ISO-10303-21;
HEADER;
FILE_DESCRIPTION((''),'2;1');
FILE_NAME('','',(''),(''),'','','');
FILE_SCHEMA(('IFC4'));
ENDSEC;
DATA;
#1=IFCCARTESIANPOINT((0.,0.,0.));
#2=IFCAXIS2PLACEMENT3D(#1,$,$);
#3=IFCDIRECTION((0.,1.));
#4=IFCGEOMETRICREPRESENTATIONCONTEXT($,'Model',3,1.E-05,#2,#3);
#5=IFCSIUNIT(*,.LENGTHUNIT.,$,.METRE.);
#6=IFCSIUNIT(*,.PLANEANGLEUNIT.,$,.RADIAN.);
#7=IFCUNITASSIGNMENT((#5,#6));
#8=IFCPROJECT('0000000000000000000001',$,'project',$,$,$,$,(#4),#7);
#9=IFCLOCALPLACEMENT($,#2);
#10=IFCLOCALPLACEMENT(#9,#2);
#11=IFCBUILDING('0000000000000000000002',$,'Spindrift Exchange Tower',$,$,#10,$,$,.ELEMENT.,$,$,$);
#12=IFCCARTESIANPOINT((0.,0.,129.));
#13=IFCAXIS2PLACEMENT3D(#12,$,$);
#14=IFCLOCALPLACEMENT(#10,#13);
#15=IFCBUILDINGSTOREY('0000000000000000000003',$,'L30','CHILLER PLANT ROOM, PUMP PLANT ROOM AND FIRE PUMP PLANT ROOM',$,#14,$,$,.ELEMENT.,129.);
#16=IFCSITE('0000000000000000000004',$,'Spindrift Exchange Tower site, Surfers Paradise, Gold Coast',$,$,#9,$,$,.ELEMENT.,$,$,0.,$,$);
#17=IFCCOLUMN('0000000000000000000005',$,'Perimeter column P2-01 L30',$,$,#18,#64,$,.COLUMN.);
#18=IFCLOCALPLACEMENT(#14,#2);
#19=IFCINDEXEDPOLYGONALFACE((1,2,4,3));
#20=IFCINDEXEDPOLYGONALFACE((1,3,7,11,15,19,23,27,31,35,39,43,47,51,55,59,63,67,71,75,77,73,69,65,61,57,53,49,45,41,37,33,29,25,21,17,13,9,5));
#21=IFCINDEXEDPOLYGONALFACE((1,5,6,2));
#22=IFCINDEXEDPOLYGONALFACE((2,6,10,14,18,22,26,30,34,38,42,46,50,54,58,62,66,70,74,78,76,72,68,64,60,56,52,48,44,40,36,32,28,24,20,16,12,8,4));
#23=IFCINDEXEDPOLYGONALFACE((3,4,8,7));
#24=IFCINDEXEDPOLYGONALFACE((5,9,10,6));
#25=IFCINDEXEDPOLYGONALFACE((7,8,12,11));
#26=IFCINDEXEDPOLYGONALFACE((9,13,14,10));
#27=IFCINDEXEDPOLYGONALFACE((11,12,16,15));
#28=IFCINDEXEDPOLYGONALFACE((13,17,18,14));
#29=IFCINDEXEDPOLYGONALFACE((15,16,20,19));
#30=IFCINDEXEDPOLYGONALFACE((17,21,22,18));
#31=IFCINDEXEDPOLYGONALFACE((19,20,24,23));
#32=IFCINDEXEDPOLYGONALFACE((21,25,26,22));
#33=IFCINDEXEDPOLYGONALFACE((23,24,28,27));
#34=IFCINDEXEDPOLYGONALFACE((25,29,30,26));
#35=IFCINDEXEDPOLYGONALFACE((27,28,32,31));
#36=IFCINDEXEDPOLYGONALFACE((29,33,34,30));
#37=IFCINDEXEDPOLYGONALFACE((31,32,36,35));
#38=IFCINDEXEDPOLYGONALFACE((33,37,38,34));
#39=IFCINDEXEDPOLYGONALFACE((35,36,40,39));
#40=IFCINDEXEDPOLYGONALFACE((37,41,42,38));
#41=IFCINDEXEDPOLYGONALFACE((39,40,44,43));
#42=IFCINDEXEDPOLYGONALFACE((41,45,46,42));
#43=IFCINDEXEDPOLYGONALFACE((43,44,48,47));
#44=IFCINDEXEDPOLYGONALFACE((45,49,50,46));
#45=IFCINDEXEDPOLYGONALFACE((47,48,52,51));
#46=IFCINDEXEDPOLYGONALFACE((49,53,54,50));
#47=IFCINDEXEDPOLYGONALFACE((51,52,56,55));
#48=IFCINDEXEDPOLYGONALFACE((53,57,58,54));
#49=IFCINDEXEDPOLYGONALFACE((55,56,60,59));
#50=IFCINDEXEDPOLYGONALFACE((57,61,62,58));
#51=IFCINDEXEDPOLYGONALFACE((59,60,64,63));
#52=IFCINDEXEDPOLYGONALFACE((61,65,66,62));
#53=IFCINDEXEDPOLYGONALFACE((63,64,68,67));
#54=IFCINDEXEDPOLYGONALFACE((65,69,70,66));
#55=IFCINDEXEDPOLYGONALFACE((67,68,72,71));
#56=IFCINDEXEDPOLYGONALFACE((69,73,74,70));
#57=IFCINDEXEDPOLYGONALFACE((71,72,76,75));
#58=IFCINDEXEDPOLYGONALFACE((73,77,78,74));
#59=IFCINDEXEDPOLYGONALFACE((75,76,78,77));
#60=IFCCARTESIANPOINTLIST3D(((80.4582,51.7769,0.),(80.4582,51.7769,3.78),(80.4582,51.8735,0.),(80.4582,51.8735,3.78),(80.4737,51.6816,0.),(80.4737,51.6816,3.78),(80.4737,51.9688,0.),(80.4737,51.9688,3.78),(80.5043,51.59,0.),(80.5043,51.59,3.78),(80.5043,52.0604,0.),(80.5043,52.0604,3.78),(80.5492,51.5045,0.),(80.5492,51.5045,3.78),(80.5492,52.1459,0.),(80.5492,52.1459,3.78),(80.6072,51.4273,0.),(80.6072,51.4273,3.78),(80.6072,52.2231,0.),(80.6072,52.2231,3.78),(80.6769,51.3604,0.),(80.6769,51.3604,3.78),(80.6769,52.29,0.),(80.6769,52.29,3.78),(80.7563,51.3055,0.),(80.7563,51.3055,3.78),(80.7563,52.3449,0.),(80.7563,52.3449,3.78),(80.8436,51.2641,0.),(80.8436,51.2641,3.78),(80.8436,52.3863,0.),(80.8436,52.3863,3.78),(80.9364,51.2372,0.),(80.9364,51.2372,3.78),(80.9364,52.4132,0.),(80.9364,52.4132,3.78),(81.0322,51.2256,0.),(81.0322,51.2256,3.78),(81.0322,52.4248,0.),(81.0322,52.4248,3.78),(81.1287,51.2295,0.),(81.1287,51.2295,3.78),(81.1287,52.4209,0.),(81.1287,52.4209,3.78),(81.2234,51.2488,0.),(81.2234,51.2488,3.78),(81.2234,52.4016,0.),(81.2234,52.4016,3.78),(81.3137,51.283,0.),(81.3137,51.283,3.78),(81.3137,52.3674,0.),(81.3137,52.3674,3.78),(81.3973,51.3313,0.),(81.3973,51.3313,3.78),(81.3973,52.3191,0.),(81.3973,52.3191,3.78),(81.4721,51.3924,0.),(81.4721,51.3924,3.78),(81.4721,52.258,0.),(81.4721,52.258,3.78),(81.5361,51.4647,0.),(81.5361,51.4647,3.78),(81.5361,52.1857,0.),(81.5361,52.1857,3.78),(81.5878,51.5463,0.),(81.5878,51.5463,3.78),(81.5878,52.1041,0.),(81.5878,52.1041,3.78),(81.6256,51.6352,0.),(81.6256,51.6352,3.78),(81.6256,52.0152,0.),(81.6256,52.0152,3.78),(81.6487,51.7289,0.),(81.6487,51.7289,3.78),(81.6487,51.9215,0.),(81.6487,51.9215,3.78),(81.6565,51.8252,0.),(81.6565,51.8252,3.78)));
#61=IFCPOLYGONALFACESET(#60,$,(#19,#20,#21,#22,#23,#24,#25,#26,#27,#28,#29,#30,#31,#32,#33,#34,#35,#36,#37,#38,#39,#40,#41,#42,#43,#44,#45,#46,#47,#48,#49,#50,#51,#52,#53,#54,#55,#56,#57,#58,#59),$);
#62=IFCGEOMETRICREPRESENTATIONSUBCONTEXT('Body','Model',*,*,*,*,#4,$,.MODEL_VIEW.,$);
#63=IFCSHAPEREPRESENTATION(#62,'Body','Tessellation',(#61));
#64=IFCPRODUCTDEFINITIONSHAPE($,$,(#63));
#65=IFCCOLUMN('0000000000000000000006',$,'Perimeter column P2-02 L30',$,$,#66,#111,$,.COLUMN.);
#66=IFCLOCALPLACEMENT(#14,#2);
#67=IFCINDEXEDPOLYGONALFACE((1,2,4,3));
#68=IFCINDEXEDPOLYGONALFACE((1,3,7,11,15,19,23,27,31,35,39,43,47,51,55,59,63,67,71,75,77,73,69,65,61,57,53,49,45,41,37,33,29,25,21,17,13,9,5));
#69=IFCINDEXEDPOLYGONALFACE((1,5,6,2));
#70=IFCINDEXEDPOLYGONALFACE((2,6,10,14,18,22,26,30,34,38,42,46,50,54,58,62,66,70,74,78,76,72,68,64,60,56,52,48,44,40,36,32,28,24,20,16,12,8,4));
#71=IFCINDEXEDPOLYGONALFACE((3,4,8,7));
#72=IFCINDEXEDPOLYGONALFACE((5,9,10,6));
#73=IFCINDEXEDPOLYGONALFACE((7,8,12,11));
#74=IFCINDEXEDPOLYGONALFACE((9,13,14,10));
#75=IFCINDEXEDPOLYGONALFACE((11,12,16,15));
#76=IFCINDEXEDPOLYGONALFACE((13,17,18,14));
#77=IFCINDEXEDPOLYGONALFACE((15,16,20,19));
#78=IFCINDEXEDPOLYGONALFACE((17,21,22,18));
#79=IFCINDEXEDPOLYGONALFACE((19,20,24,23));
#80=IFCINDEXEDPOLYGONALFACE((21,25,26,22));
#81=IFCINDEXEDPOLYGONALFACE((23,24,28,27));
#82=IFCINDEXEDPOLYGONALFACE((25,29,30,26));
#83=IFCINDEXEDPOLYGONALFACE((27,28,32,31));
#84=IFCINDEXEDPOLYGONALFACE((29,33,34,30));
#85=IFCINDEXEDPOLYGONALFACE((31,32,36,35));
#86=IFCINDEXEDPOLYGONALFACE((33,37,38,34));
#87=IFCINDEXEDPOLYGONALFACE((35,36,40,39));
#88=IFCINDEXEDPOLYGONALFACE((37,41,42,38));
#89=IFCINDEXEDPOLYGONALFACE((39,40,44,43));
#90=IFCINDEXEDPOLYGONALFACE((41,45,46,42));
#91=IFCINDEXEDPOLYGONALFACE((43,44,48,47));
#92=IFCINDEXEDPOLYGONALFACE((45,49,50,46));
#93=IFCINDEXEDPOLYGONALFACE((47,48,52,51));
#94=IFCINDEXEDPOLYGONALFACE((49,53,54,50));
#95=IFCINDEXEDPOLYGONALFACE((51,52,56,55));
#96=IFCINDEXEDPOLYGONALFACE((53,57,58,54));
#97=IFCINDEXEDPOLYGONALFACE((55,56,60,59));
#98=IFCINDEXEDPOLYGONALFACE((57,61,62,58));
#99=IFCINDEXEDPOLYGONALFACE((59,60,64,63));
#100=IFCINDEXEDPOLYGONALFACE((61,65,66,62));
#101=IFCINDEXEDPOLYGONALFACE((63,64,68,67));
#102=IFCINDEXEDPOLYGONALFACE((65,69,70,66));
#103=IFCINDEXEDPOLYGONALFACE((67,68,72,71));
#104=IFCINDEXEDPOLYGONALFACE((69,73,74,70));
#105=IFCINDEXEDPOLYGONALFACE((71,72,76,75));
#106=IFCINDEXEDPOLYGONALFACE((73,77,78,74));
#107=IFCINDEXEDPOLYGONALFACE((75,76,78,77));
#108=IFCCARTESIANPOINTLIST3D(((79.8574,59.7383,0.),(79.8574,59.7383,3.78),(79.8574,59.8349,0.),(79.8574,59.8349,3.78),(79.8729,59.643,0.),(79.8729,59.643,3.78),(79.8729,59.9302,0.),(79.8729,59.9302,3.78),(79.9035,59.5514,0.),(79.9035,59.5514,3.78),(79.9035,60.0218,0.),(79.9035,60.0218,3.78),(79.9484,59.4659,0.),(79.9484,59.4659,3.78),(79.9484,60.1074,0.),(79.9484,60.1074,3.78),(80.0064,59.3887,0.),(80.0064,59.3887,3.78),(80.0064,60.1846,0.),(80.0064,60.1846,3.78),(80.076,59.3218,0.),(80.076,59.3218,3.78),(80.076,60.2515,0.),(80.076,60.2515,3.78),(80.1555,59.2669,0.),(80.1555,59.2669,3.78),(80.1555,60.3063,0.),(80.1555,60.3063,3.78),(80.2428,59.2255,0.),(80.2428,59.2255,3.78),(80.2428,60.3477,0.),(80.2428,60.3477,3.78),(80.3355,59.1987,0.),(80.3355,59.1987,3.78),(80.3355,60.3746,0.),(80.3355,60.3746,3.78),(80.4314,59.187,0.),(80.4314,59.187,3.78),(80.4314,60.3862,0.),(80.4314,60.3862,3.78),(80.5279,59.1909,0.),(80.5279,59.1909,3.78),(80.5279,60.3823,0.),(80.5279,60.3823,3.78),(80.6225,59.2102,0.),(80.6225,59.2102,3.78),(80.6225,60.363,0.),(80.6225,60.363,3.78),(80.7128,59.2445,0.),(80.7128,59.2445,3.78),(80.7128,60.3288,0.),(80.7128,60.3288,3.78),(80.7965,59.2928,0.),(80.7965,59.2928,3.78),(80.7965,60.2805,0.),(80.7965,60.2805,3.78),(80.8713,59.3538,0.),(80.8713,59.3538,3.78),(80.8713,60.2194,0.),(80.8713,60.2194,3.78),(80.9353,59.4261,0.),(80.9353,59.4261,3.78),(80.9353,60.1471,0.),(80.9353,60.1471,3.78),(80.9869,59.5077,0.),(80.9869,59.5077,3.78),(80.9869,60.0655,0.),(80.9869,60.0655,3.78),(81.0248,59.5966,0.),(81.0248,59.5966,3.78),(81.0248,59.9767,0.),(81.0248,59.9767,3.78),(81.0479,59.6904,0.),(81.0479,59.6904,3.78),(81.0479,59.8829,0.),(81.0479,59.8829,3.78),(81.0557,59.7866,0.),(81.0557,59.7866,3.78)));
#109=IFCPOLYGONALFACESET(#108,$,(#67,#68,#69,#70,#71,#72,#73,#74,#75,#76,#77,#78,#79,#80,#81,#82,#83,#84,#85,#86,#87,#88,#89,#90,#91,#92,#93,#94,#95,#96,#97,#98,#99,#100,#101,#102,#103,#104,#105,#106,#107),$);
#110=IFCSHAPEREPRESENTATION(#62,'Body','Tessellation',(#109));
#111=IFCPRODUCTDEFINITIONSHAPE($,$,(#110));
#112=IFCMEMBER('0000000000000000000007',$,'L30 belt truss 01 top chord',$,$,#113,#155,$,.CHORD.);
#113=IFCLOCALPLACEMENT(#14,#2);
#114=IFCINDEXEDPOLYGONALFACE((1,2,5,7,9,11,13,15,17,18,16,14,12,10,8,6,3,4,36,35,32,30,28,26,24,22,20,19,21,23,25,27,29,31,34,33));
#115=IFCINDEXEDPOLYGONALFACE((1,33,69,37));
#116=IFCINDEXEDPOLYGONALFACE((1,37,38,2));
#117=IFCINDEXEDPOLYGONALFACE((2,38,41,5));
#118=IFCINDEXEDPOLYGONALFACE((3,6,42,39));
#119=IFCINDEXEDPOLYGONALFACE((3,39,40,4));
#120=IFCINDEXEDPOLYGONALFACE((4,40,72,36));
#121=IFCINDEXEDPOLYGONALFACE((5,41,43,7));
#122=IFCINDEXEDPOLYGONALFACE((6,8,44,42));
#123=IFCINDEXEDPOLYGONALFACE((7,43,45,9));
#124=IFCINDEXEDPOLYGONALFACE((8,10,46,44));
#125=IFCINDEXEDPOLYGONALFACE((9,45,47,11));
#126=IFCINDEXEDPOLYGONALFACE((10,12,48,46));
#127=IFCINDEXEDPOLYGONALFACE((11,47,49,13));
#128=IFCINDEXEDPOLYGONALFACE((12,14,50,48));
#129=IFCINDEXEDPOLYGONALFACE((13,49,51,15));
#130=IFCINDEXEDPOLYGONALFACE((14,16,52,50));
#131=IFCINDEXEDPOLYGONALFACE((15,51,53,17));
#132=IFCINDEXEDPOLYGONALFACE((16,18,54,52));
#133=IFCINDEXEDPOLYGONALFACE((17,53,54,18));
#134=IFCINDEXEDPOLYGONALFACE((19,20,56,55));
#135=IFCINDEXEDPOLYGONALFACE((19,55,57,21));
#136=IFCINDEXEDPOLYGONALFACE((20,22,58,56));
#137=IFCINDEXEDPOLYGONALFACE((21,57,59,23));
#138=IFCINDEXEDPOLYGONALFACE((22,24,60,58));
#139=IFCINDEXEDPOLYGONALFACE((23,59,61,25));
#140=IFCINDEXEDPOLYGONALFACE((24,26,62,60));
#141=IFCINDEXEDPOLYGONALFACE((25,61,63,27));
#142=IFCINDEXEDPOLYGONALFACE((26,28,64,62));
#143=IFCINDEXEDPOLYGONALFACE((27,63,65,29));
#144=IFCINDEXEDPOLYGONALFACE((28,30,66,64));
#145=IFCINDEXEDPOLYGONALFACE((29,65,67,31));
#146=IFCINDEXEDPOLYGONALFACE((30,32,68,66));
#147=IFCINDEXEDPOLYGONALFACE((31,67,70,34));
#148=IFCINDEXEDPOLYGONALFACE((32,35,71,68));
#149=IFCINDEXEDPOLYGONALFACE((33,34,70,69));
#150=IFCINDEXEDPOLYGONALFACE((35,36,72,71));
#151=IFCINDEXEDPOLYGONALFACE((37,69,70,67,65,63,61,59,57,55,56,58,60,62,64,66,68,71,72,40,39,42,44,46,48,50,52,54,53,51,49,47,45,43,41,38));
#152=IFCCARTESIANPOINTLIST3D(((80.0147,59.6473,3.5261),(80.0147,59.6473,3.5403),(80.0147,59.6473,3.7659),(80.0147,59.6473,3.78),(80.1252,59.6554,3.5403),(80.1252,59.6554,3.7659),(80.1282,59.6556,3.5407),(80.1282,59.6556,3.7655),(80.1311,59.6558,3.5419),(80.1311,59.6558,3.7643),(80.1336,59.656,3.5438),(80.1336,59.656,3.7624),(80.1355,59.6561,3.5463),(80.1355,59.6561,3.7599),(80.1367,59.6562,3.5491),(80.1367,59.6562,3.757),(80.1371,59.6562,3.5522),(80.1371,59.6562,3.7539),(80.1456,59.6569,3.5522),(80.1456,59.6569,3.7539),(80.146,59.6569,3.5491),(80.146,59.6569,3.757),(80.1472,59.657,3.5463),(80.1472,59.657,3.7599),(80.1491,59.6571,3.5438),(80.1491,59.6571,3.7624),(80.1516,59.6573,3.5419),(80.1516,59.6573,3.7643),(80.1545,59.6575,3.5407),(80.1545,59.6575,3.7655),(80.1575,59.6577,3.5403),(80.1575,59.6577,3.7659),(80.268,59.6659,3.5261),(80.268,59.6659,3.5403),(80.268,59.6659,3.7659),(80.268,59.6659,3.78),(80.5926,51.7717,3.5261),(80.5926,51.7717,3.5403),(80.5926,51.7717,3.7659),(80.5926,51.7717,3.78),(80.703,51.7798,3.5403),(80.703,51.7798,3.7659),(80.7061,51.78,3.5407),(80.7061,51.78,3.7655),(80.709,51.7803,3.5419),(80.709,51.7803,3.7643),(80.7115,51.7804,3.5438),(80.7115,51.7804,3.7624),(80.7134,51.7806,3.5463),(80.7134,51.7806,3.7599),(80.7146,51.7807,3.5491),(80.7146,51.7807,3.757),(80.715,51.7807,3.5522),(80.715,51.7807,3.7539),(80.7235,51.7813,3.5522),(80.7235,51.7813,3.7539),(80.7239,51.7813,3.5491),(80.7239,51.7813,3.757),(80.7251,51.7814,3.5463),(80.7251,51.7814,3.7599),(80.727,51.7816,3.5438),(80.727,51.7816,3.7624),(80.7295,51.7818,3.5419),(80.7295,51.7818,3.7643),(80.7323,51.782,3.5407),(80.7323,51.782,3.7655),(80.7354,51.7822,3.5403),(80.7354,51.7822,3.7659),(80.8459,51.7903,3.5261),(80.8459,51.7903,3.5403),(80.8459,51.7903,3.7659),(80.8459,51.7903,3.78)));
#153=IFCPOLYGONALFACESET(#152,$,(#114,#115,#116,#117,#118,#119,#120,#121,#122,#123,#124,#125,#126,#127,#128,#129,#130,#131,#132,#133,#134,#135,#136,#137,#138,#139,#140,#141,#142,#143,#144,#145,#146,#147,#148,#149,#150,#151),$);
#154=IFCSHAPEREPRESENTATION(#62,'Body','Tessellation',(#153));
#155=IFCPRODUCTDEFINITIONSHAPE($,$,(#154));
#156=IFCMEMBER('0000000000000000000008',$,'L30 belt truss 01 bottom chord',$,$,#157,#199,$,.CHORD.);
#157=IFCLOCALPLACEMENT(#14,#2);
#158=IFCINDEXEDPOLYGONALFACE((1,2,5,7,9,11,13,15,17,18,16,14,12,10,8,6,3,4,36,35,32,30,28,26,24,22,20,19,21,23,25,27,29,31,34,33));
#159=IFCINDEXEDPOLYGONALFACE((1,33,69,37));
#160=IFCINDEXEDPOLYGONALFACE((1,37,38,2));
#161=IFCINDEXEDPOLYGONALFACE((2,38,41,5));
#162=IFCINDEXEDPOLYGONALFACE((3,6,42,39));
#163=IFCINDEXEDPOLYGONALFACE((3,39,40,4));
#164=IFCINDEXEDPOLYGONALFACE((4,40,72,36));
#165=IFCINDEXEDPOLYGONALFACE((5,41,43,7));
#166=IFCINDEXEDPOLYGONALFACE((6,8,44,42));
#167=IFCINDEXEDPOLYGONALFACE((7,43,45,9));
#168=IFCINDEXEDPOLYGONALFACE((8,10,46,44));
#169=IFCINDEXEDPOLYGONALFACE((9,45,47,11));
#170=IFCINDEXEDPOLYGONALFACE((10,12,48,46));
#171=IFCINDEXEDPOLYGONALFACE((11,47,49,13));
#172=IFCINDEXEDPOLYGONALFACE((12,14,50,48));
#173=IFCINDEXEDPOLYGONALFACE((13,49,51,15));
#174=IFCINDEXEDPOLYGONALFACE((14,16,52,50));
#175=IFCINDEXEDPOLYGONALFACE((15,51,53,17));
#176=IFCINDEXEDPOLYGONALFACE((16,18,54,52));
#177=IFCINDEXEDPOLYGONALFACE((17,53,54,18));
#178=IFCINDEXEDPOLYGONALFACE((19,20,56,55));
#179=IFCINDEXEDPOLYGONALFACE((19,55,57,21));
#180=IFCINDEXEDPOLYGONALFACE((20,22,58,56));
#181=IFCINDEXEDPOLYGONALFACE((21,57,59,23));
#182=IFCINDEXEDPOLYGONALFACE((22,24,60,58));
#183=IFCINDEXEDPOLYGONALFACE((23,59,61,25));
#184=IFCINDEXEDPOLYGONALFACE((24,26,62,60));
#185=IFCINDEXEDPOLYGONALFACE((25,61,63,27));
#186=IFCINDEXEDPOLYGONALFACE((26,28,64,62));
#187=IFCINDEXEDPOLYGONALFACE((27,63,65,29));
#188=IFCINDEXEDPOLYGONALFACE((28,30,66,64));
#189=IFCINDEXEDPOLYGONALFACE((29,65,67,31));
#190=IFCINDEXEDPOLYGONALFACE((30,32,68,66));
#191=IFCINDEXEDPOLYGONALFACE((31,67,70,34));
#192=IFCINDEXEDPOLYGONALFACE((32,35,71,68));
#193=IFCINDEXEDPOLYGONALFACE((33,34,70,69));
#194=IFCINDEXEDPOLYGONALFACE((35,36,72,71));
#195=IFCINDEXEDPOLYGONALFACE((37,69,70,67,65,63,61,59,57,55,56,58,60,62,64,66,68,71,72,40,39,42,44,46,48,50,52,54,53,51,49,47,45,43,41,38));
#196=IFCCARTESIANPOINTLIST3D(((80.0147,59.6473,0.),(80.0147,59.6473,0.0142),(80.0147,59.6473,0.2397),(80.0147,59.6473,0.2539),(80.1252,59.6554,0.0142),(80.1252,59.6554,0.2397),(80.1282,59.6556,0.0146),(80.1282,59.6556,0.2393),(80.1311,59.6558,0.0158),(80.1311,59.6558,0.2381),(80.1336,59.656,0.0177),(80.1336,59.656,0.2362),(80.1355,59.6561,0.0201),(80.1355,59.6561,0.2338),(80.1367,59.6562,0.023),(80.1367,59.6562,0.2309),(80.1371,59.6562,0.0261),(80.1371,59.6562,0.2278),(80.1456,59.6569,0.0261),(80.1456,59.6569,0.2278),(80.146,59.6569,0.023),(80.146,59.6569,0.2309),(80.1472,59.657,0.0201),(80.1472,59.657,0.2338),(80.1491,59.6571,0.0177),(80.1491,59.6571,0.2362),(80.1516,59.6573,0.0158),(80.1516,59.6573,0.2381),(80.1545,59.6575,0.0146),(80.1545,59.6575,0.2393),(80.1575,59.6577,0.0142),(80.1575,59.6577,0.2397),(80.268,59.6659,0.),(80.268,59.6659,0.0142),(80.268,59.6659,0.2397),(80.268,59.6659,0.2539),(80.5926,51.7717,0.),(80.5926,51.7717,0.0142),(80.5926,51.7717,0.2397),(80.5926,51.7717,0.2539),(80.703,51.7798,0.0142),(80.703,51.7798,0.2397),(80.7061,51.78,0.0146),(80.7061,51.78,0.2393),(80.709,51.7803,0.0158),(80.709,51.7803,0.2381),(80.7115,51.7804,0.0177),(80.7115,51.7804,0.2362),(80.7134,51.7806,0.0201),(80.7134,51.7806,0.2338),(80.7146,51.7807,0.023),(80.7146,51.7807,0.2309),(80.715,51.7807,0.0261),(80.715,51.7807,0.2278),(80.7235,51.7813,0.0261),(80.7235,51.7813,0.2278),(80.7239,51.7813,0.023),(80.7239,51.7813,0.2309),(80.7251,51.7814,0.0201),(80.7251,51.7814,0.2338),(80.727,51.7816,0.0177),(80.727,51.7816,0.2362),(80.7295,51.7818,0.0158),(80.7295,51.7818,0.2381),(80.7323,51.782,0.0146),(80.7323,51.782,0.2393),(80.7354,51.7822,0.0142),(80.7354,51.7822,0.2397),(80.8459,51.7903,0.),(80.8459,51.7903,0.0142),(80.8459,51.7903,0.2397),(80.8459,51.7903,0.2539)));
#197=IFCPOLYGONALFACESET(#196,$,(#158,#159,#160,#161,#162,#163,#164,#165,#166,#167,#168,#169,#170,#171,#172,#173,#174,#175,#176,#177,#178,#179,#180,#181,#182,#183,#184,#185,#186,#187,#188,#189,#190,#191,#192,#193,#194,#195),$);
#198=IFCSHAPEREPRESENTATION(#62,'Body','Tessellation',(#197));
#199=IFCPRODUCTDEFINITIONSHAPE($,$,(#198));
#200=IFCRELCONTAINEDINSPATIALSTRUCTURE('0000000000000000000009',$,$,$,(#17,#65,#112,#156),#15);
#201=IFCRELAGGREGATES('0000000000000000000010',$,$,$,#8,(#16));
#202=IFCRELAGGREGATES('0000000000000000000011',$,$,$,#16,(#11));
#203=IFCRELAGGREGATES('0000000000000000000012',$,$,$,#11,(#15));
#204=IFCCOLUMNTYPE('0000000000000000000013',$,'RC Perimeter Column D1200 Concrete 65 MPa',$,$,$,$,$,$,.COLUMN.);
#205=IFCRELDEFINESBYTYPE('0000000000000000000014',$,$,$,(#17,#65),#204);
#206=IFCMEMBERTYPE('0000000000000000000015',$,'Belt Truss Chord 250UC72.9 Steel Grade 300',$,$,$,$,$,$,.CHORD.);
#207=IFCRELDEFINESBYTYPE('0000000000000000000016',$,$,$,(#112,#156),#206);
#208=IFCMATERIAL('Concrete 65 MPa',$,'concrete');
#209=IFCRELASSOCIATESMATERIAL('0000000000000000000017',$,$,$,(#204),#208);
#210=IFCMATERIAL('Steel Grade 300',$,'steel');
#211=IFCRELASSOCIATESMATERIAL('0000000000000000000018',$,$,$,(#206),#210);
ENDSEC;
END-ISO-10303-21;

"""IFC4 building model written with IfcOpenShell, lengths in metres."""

from ifc_helpers import new_model, si_unit, direction, frame, origin, origin_2d, place, context, subcontext, project, spatial, circle, i_section, extrude, source, transform, mapped, material, material_profile, profile_set, type_object, element, save


model = new_model("IFC4")

# Units and contexts
model_context = context("Model", 3, precision=1e-05, world=origin(), true_north=direction((0.0, 1.0)))
body_context = subcontext(model_context, "Body", "Model", "MODEL_VIEW")
ifc_project = project(units=[si_unit("LENGTHUNIT", "METRE"), si_unit("PLANEANGLEUNIT", "RADIAN")], contexts=[model_context])

# Site, building, storey
site_placement = place(None, origin())
site = spatial("IfcSite", under=ifc_project, at=site_placement, Name="Spindrift Exchange Tower site, Surfers Paradise, Gold Coast", CompositionType="ELEMENT", RefElevation=0.0)
building_placement = place(site_placement, origin())
building = spatial("IfcBuilding", under=site, at=building_placement, Name="Spindrift Exchange Tower", CompositionType="ELEMENT")
storey_placement = place(building_placement, frame((0.0, 0.0, 129.0)))
storey = spatial("IfcBuildingStorey", under=building, at=storey_placement, Name="L30", Description="CHILLER PLANT ROOM, PUMP PLANT ROOM AND FIRE PUMP PLANT ROOM", CompositionType="ELEMENT", Elevation=129.0)

# Columns
ifc_material_1 = material(Name="Concrete 65 MPa", Category="concrete")
ifc_material_profile_1 = material_profile(ifc_material_1, circle(Radius=0.6001, at=origin_2d()), Name="RC D1200")
ifc_profile_set_1 = profile_set([ifc_material_profile_1], Name="Concrete 65 MPa")
column_type = type_object("IfcColumnType", Name="RC Perimeter Column D1200 Concrete 65 MPa", PredefinedType="COLUMN", material=ifc_profile_set_1)
shared_shape_1 = source(origin(), body_context, "Body", "SweptSolid", [
    extrude(circle(Radius=0.6001, at=origin_2d()), origin(), (0.0, 0.0, 1.0), 3.78),
])
for number, where, z_axis, x_axis, name in (
    (1, (81.0564, 51.8252, 0.0), (0.0, 0.0, 1.0), (1.0, 0.0, 0.0), "Perimeter column P2-01 L30"),
    (2, (80.4556, 59.7866, 0.0), (0.0, 0.0, 1.0), (1.0, 0.0, 0.0), "Perimeter column P2-02 L30"),
):
    element("IfcColumn", number, at=place(storey_placement, frame(where, z_axis=z_axis, x_axis=x_axis)), inside=storey, type_object=column_type, Name=name, PredefinedType="COLUMN", context=body_context, shape_type="MappedRepresentation", body=[
        mapped(shared_shape_1, transform((0.0, 0.0, 0.0), scale=1.0)),
    ])

# Members
ifc_material_2 = material(Name="Steel Grade 300", Category="steel")
ifc_material_profile_2 = material_profile(ifc_material_2, i_section(OverallWidth=0.2539, OverallDepth=0.2539, WebThickness=0.0085, FlangeThickness=0.0142, FilletRadius=0.012, at=origin_2d()), Name="250UC72.9")
ifc_profile_set_2 = profile_set([ifc_material_profile_2], Name="Steel Grade 300")
member_type_1 = type_object("IfcMemberType", Name="Belt Truss Chord 250UC72.9 Steel Grade 300", PredefinedType="CHORD", material=ifc_profile_set_2)
shared_shape_2 = source(origin(), body_context, "Body", "SweptSolid", [
    extrude(i_section(OverallWidth=0.2539, OverallDepth=0.2539, WebThickness=0.0085, FlangeThickness=0.0142, FilletRadius=0.012, at=origin_2d()), origin(), (0.0, 0.0, 1.0), 7.8967),
])
for number, where, z_axis, x_axis, name in (
    (3, (80.7192, 51.781, 3.6531), (-0.07318, 0.997319, 0.0), (-0.997319, -0.07318, 0.0), "L30 belt truss 01 top chord"),
    (4, (80.7192, 51.781, 0.127), (-0.07318, 0.997319, 0.0), (-0.997319, -0.07318, 0.0), "L30 belt truss 01 bottom chord"),
):
    element("IfcMember", number, at=place(storey_placement, frame(where, z_axis=z_axis, x_axis=x_axis)), inside=storey, type_object=member_type_1, Name=name, PredefinedType="CHORD", context=body_context, shape_type="MappedRepresentation", body=[
        mapped(shared_shape_2, transform((0.0, 0.0, 0.0), scale=1.0)),
    ])

save(model, "model.ifc")
